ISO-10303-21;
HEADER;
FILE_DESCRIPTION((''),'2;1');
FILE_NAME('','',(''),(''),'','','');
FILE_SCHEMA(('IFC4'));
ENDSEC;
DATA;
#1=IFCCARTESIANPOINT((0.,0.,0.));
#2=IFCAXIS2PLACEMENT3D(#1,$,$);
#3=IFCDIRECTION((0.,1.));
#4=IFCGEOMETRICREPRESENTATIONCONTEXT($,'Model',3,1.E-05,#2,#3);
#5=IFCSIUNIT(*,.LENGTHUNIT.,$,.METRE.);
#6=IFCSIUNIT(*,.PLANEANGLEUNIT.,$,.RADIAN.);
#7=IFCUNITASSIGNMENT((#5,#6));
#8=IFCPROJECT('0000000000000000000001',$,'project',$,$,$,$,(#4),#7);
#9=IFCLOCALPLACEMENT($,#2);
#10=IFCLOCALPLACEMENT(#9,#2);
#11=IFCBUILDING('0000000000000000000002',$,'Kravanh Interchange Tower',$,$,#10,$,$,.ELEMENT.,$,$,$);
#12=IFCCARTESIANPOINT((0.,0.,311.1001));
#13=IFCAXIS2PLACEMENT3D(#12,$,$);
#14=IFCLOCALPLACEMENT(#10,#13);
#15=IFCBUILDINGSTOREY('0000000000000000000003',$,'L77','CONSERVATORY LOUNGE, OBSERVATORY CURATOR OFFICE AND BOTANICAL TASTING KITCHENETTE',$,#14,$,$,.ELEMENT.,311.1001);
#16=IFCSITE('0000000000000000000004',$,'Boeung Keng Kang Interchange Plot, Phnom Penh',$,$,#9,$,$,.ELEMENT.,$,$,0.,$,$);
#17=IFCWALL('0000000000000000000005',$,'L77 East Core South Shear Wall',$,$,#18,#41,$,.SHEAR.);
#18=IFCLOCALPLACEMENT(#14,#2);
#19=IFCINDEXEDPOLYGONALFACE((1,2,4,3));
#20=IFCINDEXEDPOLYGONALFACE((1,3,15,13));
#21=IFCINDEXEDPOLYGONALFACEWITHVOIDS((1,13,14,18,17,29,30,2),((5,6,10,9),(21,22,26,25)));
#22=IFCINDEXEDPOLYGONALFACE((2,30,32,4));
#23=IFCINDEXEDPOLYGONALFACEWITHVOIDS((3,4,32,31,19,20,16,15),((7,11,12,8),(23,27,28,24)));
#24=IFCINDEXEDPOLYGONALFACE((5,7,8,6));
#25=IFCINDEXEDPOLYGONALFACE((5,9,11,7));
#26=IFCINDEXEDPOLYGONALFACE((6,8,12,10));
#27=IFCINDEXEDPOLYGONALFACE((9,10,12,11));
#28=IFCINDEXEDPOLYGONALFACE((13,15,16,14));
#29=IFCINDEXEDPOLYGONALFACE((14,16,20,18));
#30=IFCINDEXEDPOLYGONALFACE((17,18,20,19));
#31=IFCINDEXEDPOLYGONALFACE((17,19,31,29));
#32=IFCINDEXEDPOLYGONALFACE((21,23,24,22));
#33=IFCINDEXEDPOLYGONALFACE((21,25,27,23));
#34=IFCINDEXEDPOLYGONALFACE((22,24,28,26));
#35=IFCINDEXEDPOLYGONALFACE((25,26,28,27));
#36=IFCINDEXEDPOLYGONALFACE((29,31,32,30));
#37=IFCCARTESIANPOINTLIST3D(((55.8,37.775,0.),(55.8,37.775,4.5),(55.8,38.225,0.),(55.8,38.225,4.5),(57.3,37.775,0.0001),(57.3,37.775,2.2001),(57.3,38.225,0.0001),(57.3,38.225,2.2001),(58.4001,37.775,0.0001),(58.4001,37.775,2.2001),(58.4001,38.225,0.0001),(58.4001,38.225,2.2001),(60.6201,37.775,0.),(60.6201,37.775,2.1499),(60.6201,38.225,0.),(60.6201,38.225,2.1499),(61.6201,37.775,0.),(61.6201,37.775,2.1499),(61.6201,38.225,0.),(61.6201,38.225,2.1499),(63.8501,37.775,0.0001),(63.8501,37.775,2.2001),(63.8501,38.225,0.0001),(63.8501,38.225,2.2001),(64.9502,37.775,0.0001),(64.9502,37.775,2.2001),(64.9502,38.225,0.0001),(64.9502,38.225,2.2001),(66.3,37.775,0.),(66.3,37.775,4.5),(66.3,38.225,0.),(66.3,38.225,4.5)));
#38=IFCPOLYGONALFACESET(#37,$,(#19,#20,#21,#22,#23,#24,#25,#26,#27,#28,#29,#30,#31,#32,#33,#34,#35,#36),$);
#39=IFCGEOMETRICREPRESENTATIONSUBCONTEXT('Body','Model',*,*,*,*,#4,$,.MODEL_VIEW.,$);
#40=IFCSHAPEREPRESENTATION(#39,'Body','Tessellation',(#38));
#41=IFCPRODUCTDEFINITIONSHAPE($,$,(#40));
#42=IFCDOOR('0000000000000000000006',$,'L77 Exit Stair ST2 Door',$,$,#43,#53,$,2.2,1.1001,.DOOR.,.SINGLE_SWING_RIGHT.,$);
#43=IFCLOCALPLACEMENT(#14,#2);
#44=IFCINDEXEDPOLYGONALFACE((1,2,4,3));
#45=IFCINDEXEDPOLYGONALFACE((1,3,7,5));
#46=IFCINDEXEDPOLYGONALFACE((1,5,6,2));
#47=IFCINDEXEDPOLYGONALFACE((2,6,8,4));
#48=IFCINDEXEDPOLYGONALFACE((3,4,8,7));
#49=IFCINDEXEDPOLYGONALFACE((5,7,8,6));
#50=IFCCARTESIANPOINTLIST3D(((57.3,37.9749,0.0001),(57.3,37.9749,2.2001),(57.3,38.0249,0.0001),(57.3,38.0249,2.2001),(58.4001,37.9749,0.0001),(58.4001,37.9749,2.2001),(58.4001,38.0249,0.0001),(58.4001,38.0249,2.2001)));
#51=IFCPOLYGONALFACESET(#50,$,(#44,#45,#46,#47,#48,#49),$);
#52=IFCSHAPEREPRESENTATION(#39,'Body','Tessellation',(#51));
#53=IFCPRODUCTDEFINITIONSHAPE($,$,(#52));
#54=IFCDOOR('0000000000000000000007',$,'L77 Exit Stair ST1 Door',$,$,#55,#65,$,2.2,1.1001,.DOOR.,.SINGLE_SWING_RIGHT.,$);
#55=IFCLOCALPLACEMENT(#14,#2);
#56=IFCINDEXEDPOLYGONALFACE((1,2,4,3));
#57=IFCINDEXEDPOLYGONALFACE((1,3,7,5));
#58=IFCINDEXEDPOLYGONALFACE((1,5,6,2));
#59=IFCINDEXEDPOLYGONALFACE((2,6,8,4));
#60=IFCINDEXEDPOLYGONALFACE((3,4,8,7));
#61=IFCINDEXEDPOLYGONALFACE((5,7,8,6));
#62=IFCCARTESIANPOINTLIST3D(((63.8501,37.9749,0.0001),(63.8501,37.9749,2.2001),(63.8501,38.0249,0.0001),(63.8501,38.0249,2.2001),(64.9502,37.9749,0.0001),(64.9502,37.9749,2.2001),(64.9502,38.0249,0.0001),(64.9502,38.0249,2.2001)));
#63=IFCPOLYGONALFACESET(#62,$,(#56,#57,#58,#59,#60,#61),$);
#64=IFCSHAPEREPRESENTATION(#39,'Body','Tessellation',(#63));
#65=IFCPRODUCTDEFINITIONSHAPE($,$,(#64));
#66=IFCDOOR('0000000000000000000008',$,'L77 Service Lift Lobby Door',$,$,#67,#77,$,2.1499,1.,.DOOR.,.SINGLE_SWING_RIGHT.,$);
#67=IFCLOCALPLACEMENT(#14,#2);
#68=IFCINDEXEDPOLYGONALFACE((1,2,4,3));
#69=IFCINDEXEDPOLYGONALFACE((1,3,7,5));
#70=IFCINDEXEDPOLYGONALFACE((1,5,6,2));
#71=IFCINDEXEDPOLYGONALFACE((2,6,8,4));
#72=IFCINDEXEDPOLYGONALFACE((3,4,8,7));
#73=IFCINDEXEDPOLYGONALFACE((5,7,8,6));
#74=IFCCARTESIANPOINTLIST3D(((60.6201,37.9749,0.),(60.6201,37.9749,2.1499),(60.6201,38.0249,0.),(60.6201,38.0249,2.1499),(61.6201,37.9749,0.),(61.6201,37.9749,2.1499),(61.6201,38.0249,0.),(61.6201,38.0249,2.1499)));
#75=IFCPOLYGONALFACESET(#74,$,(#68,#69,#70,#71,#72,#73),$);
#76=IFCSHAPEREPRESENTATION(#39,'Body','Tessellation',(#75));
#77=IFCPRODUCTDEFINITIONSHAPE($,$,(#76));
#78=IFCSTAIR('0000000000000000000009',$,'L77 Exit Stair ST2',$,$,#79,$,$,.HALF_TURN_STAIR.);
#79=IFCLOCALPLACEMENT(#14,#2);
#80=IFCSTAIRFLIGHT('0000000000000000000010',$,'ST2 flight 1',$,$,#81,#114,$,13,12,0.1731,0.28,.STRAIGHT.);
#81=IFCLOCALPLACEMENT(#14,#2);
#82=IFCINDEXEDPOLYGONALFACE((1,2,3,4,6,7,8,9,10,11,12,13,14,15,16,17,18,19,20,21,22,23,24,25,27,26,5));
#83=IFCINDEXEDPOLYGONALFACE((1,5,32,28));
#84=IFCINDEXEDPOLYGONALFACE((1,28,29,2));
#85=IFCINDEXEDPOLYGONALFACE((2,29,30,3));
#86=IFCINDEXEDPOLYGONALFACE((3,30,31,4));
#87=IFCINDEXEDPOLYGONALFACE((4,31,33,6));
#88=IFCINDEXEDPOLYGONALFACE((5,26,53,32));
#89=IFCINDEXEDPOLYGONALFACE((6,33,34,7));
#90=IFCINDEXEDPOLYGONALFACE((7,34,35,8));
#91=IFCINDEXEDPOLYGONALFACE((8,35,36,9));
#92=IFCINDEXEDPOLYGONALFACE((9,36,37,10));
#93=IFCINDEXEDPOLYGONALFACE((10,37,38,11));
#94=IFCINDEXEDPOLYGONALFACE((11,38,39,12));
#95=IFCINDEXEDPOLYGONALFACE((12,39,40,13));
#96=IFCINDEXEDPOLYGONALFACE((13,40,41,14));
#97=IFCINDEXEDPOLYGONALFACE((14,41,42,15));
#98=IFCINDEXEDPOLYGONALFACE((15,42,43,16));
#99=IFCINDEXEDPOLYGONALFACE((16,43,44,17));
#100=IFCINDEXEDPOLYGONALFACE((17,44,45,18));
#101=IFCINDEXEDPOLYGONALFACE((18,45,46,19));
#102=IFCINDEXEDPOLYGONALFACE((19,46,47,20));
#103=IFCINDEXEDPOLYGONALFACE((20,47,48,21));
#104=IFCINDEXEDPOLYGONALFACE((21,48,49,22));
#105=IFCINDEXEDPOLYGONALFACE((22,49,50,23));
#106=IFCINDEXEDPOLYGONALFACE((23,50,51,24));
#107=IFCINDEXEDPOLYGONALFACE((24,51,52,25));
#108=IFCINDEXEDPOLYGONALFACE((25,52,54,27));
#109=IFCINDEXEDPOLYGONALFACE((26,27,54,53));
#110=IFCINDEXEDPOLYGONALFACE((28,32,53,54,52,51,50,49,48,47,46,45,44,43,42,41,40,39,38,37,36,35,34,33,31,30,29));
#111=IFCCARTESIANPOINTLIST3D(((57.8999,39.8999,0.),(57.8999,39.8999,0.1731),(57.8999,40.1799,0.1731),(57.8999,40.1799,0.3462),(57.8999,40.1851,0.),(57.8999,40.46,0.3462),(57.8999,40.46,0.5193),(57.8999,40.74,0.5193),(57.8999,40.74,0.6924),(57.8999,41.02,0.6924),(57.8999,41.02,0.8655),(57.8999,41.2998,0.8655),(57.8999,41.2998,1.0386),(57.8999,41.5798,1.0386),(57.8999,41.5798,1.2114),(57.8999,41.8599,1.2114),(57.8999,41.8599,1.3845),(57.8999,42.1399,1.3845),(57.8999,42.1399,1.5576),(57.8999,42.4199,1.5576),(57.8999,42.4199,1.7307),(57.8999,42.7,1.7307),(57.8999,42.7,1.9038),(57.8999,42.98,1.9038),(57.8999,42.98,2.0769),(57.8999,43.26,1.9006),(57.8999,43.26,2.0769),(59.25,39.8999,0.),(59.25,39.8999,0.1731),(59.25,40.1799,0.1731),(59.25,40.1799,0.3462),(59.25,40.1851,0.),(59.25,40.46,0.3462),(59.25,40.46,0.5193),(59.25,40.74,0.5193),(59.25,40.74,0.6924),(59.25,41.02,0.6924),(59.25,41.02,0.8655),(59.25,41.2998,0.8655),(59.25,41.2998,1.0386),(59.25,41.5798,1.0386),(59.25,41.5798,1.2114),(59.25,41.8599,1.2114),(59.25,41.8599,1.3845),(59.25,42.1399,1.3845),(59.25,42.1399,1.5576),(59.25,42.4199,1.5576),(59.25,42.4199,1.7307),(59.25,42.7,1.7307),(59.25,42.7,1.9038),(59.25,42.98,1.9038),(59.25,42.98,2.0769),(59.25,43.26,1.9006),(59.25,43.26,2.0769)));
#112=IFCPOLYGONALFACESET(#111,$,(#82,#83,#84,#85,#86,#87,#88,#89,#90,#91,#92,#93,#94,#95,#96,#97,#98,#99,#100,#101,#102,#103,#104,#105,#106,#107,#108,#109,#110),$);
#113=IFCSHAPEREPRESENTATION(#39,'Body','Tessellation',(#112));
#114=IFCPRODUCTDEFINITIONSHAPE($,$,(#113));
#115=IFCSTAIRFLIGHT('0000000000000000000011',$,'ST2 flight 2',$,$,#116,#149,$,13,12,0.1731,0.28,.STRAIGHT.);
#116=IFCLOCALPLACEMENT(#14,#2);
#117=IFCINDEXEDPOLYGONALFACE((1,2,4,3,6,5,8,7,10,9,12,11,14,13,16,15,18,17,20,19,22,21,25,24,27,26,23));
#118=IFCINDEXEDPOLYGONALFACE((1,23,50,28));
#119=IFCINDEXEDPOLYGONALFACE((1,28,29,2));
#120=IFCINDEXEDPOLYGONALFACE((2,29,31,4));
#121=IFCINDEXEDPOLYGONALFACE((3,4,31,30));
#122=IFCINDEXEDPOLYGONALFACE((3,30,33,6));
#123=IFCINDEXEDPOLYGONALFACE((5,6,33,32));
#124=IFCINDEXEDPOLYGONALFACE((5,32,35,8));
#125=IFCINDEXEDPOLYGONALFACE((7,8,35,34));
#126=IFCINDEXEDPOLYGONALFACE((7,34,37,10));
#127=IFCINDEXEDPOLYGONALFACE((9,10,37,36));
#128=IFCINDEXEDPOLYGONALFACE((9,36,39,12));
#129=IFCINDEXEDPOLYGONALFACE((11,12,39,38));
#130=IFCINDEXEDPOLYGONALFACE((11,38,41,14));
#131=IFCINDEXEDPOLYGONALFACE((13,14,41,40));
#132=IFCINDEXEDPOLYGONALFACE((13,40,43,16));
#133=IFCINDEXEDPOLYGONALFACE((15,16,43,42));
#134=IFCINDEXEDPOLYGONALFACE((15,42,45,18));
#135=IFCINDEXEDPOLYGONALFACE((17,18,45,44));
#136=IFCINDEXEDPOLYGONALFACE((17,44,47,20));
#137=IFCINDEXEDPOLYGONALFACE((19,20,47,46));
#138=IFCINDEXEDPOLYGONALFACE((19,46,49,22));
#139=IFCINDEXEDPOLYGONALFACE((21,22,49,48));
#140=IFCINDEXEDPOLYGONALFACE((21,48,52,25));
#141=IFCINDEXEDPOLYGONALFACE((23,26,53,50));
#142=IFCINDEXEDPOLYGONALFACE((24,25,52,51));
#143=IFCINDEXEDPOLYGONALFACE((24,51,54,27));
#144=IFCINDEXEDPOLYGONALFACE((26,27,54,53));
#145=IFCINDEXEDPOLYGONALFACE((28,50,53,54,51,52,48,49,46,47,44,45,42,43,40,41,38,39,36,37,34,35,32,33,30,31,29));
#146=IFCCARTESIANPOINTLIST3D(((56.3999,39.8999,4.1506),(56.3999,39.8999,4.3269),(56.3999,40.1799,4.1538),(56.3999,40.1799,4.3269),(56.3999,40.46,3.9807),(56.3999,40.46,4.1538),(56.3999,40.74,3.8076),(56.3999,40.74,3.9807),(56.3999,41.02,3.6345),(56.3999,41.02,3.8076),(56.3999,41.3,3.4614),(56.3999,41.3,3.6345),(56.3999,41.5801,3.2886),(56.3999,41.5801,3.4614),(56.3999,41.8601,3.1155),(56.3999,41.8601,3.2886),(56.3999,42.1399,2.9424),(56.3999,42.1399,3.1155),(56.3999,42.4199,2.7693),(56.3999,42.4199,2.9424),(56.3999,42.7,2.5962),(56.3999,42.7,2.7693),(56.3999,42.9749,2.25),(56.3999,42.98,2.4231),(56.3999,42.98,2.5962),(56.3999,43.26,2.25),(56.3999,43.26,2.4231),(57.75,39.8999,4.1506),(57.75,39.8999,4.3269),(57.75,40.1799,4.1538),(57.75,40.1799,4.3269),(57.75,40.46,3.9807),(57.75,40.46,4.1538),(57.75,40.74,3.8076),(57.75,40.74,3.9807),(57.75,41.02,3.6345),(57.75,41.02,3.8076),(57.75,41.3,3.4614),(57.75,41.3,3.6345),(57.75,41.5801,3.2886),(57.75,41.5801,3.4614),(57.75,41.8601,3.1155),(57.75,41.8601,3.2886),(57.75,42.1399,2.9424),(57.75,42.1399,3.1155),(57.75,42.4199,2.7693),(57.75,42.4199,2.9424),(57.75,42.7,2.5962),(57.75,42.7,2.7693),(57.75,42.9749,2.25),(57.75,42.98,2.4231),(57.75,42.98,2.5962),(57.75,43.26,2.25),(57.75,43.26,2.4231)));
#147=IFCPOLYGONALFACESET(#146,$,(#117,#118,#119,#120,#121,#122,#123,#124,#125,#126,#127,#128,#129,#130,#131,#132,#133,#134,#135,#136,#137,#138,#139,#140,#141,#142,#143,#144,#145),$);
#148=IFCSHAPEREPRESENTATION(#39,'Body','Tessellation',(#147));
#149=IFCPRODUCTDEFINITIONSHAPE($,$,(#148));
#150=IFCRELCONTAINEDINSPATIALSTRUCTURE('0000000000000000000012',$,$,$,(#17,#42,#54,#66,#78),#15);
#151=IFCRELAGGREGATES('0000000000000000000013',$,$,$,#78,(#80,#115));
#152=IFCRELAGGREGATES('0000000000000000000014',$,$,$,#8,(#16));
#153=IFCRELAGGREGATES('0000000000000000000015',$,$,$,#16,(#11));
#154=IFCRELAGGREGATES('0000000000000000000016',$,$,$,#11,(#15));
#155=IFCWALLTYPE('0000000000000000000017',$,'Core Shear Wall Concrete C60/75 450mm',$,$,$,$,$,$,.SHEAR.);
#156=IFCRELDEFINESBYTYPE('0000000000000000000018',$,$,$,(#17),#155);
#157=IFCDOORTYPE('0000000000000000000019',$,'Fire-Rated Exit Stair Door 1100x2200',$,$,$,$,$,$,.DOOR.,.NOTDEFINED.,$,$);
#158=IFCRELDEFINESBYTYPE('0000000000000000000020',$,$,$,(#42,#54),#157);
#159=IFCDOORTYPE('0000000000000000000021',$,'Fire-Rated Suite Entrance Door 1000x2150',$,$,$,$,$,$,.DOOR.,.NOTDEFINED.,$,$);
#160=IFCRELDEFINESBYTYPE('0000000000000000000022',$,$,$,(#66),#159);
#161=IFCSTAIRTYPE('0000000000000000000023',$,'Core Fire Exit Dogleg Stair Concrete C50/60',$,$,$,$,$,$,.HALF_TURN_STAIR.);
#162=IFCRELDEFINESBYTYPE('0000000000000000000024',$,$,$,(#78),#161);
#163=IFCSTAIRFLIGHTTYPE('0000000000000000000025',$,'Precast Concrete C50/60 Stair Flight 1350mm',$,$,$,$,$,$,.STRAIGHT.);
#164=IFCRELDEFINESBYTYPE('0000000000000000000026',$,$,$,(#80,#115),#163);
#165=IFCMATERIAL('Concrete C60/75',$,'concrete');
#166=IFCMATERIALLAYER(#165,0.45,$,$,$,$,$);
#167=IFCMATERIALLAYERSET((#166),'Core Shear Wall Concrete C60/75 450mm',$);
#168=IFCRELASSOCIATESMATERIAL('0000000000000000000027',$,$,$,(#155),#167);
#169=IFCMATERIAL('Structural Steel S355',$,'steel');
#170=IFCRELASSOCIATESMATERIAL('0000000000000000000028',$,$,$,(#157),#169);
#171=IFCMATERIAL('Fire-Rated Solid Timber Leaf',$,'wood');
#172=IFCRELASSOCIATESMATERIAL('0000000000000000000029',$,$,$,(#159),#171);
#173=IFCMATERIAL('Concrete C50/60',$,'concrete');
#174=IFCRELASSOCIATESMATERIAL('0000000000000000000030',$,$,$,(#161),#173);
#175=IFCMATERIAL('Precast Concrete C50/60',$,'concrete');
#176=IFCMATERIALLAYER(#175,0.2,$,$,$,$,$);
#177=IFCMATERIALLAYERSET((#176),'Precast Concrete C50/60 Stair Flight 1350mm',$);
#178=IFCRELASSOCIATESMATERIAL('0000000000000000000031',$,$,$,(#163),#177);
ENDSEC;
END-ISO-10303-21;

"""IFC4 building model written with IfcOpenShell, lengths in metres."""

from ifc_helpers import new_model, si_unit, direction, frame, frame_2d, origin, place, context, subcontext, project, spatial, polyline, rectangle, outline, extrude, material, layer, layer_set, type_object, element, fill, aggregate, save


model = new_model("IFC4")

# Units and contexts
model_context = context("Model", 3, precision=1e-05, world=origin(), true_north=direction((0.0, 1.0)))
body_context = subcontext(model_context, "Body", "Model", "MODEL_VIEW")
ifc_project = project(units=[si_unit("LENGTHUNIT", "METRE"), si_unit("PLANEANGLEUNIT", "RADIAN")], contexts=[model_context])

# Site, building, storey
site_placement = place(None, origin())
site = spatial("IfcSite", under=ifc_project, at=site_placement, Name="Boeung Keng Kang Interchange Plot, Phnom Penh", CompositionType="ELEMENT", RefElevation=0.0)
building_placement = place(site_placement, origin())
building = spatial("IfcBuilding", under=site, at=building_placement, Name="Kravanh Interchange Tower", CompositionType="ELEMENT")
storey_placement = place(building_placement, frame((0.0, 0.0, 311.1001)))
storey = spatial("IfcBuildingStorey", under=building, at=storey_placement, Name="L77", Description="CONSERVATORY LOUNGE, OBSERVATORY CURATOR OFFICE AND BOTANICAL TASTING KITCHENETTE", CompositionType="ELEMENT", Elevation=311.1001)

# Wall, openings, doors
ifc_material_1 = material(Name="Concrete C60/75", Category="concrete")
ifc_layer_1 = layer(ifc_material_1, 0.45)
ifc_layer_set_1 = layer_set([ifc_layer_1], Name="Core Shear Wall Concrete C60/75 450mm")
wall_type_1 = type_object("IfcWallType", Name="Core Shear Wall Concrete C60/75 450mm", PredefinedType="SHEAR", material=ifc_layer_set_1)
wall_1_placement = place(storey_placement, frame((55.8, 38.0, 0.0), z_axis=(0.0, 0.0, 1.0), x_axis=(1.0, 0.0, 0.0)))
wall_1 = element("IfcWall", 1, at=wall_1_placement, inside=storey, type_object=wall_type_1, Name="L77 East Core South Shear Wall", PredefinedType="SHEAR", context=body_context, shape_type="SweptSolid", body=[
    extrude(rectangle(XDim=10.5, YDim=0.45, at=frame_2d((5.25, 0.0))), origin(), (0.0, 0.0, 1.0), 4.5),
])
opening_1_placement = place(wall_1_placement, frame((1.5, 0.0, 0.0)))
opening_1 = element("IfcOpeningElement", 2, at=opening_1_placement, cuts=wall_1, PredefinedType="OPENING", context=body_context, shape_type="SweptSolid", body=[
    extrude(rectangle(XDim=1.1001, YDim=2.2, at=frame_2d((0.55, 1.1001))), frame((0.0, 0.2349, 0.0), z_axis=(0.0, -1.0, 0.0), x_axis=(1.0, 0.0, 0.0)), (0.0, 0.0, 1.0), 0.47),
])
opening_2_placement = place(wall_1_placement, frame((4.8201, 0.0, 0.0)))
opening_2 = element("IfcOpeningElement", 3, at=opening_2_placement, cuts=wall_1, PredefinedType="OPENING", context=body_context, shape_type="SweptSolid", body=[
    extrude(rectangle(XDim=1.0, YDim=2.1499, at=frame_2d((0.5, 1.075))), frame((0.0, 0.2349, 0.0), z_axis=(0.0, -1.0, 0.0), x_axis=(1.0, 0.0, 0.0)), (0.0, 0.0, 1.0), 0.47),
])
opening_3_placement = place(wall_1_placement, frame((8.05, 0.0, 0.0)))
opening_3 = element("IfcOpeningElement", 4, at=opening_3_placement, cuts=wall_1, PredefinedType="OPENING", context=body_context, shape_type="SweptSolid", body=[
    extrude(rectangle(XDim=1.1001, YDim=2.2, at=frame_2d((0.55, 1.1001))), frame((0.0, 0.2349, 0.0), z_axis=(0.0, -1.0, 0.0), x_axis=(1.0, 0.0, 0.0)), (0.0, 0.0, 1.0), 0.47),
])
ifc_material_2 = material(Name="Structural Steel S355", Category="steel")
door_type_1 = type_object("IfcDoorType", Name="Fire-Rated Exit Stair Door 1100x2200", OperationType="NOTDEFINED", PredefinedType="DOOR", material=ifc_material_2)
door_1_placement = place(opening_1_placement, origin())
door_1 = element("IfcDoor", 5, at=door_1_placement, inside=storey, type_object=door_type_1, Name="L77 Exit Stair ST2 Door", OperationType="SINGLE_SWING_RIGHT", OverallHeight=2.2, OverallWidth=1.1001, PredefinedType="DOOR", context=body_context, shape_type="SweptSolid", body=[
    extrude(rectangle(XDim=1.1001, YDim=2.2, at=frame_2d((0.55, 1.1001))), frame((0.0, 0.0249, 0.0), z_axis=(0.0, -1.0, 0.0), x_axis=(1.0, 0.0, 0.0)), (0.0, 0.0, 1.0), 0.05),
])
fill(opening_1, door_1)
door_2_placement = place(opening_3_placement, origin())
door_2 = element("IfcDoor", 6, at=door_2_placement, inside=storey, type_object=door_type_1, Name="L77 Exit Stair ST1 Door", OperationType="SINGLE_SWING_RIGHT", OverallHeight=2.2, OverallWidth=1.1001, PredefinedType="DOOR", context=body_context, shape_type="SweptSolid", body=[
    extrude(rectangle(XDim=1.1001, YDim=2.2, at=frame_2d((0.55, 1.1001))), frame((0.0, 0.0249, 0.0), z_axis=(0.0, -1.0, 0.0), x_axis=(1.0, 0.0, 0.0)), (0.0, 0.0, 1.0), 0.05),
])
fill(opening_3, door_2)
ifc_material_3 = material(Name="Fire-Rated Solid Timber Leaf", Category="wood")
door_type_2 = type_object("IfcDoorType", Name="Fire-Rated Suite Entrance Door 1000x2150", OperationType="NOTDEFINED", PredefinedType="DOOR", material=ifc_material_3)
door_3_placement = place(opening_2_placement, origin())
door_3 = element("IfcDoor", 7, at=door_3_placement, inside=storey, type_object=door_type_2, Name="L77 Service Lift Lobby Door", OperationType="SINGLE_SWING_RIGHT", OverallHeight=2.1499, OverallWidth=1.0, PredefinedType="DOOR", context=body_context, shape_type="SweptSolid", body=[
    extrude(rectangle(XDim=1.0, YDim=2.1499, at=frame_2d((0.5, 1.075))), frame((0.0, 0.0249, 0.0), z_axis=(0.0, -1.0, 0.0), x_axis=(1.0, 0.0, 0.0)), (0.0, 0.0, 1.0), 0.05),
])
fill(opening_2, door_3)

# Stair, stair flights
ifc_material_4 = material(Name="Concrete C50/60", Category="concrete")
stair_type = type_object("IfcStairType", Name="Core Fire Exit Dogleg Stair Concrete C50/60", PredefinedType="HALF_TURN_STAIR", material=ifc_material_4)
stair_placement = place(storey_placement, origin())
stair = element("IfcStair", 8, at=stair_placement, inside=storey, type_object=stair_type, Name="L77 Exit Stair ST2", PredefinedType="HALF_TURN_STAIR")
ifc_material_5 = material(Name="Precast Concrete C50/60", Category="concrete")
ifc_layer_2 = layer(ifc_material_5, 0.2)
ifc_layer_set_2 = layer_set([ifc_layer_2], Name="Precast Concrete C50/60 Stair Flight 1350mm")
stair_flight_type = type_object("IfcStairFlightType", Name="Precast Concrete C50/60 Stair Flight 1350mm", PredefinedType="STRAIGHT", material=ifc_layer_set_2)
stair_flight_1_placement = place(storey_placement, frame((58.575, 39.8999, 0.0), z_axis=(0.0, 0.0, 1.0), x_axis=(0.0, 1.0, 0.0)))
stair_flight_1 = element("IfcStairFlight", 9, at=stair_flight_1_placement, type_object=stair_flight_type, Name="ST2 flight 1", NumberOfRisers=13, NumberOfTreads=12, PredefinedType="STRAIGHT", RiserHeight=0.1731, TreadLength=0.28, context=body_context, shape_type="SweptSolid", body=[
    extrude(outline(polyline([(0.0, 0.0), (0.0, 0.1731), (0.28, 0.1731), (0.28, 0.3462), (0.5601, 0.3462), (0.5601, 0.5193), (0.8401, 0.5193), (0.8401, 0.6924), (1.1201, 0.6924), (1.1201, 0.8655), (1.3999, 0.8655), (1.3999, 1.0386), (1.6799, 1.0386), (1.6799, 1.2114), (1.96, 1.2114), (1.96, 1.3845), (2.24, 1.3845), (2.24, 1.5576), (2.52, 1.5576), (2.52, 1.7307), (2.8, 1.7307), (2.8, 1.9038), (3.0801, 1.9038), (3.0801, 2.0769), (3.3601, 2.0769), (3.3601, 2.25), (3.3601, 1.9006), (0.2852, 0.0), (0.0, 0.0)])), frame((0.0, 0.675, 0.0), z_axis=(0.0, -1.0, 0.0), x_axis=(1.0, 0.0, 0.0)), (0.0, 0.0, 1.0), 1.3501),
])
stair_flight_2_placement = place(storey_placement, frame((57.075, 43.26, 2.25), z_axis=(0.0, 0.0, 1.0), x_axis=(0.0, -1.0, 0.0)))
stair_flight_2 = element("IfcStairFlight", 10, at=stair_flight_2_placement, type_object=stair_flight_type, Name="ST2 flight 2", NumberOfRisers=13, NumberOfTreads=12, PredefinedType="STRAIGHT", RiserHeight=0.1731, TreadLength=0.28, context=body_context, shape_type="SweptSolid", body=[
    extrude(outline(polyline([(0.0, 0.0), (0.0, 0.1731), (0.28, 0.1731), (0.28, 0.3462), (0.5601, 0.3462), (0.5601, 0.5193), (0.8401, 0.5193), (0.8401, 0.6924), (1.1201, 0.6924), (1.1201, 0.8655), (1.3999, 0.8655), (1.3999, 1.0386), (1.6799, 1.0386), (1.6799, 1.2114), (1.96, 1.2114), (1.96, 1.3845), (2.24, 1.3845), (2.24, 1.5576), (2.52, 1.5576), (2.52, 1.7307), (2.8, 1.7307), (2.8, 1.9038), (3.0801, 1.9038), (3.0801, 2.0769), (3.3601, 2.0769), (3.3601, 2.25), (3.3601, 1.9006), (0.2852, 0.0), (0.0, 0.0)])), frame((0.0, 0.675, 0.0), z_axis=(0.0, -1.0, 0.0), x_axis=(1.0, 0.0, 0.0)), (0.0, 0.0, 1.0), 1.3501),
])
aggregate(stair, [stair_flight_1, stair_flight_2])

save(model, "model.ifc")
